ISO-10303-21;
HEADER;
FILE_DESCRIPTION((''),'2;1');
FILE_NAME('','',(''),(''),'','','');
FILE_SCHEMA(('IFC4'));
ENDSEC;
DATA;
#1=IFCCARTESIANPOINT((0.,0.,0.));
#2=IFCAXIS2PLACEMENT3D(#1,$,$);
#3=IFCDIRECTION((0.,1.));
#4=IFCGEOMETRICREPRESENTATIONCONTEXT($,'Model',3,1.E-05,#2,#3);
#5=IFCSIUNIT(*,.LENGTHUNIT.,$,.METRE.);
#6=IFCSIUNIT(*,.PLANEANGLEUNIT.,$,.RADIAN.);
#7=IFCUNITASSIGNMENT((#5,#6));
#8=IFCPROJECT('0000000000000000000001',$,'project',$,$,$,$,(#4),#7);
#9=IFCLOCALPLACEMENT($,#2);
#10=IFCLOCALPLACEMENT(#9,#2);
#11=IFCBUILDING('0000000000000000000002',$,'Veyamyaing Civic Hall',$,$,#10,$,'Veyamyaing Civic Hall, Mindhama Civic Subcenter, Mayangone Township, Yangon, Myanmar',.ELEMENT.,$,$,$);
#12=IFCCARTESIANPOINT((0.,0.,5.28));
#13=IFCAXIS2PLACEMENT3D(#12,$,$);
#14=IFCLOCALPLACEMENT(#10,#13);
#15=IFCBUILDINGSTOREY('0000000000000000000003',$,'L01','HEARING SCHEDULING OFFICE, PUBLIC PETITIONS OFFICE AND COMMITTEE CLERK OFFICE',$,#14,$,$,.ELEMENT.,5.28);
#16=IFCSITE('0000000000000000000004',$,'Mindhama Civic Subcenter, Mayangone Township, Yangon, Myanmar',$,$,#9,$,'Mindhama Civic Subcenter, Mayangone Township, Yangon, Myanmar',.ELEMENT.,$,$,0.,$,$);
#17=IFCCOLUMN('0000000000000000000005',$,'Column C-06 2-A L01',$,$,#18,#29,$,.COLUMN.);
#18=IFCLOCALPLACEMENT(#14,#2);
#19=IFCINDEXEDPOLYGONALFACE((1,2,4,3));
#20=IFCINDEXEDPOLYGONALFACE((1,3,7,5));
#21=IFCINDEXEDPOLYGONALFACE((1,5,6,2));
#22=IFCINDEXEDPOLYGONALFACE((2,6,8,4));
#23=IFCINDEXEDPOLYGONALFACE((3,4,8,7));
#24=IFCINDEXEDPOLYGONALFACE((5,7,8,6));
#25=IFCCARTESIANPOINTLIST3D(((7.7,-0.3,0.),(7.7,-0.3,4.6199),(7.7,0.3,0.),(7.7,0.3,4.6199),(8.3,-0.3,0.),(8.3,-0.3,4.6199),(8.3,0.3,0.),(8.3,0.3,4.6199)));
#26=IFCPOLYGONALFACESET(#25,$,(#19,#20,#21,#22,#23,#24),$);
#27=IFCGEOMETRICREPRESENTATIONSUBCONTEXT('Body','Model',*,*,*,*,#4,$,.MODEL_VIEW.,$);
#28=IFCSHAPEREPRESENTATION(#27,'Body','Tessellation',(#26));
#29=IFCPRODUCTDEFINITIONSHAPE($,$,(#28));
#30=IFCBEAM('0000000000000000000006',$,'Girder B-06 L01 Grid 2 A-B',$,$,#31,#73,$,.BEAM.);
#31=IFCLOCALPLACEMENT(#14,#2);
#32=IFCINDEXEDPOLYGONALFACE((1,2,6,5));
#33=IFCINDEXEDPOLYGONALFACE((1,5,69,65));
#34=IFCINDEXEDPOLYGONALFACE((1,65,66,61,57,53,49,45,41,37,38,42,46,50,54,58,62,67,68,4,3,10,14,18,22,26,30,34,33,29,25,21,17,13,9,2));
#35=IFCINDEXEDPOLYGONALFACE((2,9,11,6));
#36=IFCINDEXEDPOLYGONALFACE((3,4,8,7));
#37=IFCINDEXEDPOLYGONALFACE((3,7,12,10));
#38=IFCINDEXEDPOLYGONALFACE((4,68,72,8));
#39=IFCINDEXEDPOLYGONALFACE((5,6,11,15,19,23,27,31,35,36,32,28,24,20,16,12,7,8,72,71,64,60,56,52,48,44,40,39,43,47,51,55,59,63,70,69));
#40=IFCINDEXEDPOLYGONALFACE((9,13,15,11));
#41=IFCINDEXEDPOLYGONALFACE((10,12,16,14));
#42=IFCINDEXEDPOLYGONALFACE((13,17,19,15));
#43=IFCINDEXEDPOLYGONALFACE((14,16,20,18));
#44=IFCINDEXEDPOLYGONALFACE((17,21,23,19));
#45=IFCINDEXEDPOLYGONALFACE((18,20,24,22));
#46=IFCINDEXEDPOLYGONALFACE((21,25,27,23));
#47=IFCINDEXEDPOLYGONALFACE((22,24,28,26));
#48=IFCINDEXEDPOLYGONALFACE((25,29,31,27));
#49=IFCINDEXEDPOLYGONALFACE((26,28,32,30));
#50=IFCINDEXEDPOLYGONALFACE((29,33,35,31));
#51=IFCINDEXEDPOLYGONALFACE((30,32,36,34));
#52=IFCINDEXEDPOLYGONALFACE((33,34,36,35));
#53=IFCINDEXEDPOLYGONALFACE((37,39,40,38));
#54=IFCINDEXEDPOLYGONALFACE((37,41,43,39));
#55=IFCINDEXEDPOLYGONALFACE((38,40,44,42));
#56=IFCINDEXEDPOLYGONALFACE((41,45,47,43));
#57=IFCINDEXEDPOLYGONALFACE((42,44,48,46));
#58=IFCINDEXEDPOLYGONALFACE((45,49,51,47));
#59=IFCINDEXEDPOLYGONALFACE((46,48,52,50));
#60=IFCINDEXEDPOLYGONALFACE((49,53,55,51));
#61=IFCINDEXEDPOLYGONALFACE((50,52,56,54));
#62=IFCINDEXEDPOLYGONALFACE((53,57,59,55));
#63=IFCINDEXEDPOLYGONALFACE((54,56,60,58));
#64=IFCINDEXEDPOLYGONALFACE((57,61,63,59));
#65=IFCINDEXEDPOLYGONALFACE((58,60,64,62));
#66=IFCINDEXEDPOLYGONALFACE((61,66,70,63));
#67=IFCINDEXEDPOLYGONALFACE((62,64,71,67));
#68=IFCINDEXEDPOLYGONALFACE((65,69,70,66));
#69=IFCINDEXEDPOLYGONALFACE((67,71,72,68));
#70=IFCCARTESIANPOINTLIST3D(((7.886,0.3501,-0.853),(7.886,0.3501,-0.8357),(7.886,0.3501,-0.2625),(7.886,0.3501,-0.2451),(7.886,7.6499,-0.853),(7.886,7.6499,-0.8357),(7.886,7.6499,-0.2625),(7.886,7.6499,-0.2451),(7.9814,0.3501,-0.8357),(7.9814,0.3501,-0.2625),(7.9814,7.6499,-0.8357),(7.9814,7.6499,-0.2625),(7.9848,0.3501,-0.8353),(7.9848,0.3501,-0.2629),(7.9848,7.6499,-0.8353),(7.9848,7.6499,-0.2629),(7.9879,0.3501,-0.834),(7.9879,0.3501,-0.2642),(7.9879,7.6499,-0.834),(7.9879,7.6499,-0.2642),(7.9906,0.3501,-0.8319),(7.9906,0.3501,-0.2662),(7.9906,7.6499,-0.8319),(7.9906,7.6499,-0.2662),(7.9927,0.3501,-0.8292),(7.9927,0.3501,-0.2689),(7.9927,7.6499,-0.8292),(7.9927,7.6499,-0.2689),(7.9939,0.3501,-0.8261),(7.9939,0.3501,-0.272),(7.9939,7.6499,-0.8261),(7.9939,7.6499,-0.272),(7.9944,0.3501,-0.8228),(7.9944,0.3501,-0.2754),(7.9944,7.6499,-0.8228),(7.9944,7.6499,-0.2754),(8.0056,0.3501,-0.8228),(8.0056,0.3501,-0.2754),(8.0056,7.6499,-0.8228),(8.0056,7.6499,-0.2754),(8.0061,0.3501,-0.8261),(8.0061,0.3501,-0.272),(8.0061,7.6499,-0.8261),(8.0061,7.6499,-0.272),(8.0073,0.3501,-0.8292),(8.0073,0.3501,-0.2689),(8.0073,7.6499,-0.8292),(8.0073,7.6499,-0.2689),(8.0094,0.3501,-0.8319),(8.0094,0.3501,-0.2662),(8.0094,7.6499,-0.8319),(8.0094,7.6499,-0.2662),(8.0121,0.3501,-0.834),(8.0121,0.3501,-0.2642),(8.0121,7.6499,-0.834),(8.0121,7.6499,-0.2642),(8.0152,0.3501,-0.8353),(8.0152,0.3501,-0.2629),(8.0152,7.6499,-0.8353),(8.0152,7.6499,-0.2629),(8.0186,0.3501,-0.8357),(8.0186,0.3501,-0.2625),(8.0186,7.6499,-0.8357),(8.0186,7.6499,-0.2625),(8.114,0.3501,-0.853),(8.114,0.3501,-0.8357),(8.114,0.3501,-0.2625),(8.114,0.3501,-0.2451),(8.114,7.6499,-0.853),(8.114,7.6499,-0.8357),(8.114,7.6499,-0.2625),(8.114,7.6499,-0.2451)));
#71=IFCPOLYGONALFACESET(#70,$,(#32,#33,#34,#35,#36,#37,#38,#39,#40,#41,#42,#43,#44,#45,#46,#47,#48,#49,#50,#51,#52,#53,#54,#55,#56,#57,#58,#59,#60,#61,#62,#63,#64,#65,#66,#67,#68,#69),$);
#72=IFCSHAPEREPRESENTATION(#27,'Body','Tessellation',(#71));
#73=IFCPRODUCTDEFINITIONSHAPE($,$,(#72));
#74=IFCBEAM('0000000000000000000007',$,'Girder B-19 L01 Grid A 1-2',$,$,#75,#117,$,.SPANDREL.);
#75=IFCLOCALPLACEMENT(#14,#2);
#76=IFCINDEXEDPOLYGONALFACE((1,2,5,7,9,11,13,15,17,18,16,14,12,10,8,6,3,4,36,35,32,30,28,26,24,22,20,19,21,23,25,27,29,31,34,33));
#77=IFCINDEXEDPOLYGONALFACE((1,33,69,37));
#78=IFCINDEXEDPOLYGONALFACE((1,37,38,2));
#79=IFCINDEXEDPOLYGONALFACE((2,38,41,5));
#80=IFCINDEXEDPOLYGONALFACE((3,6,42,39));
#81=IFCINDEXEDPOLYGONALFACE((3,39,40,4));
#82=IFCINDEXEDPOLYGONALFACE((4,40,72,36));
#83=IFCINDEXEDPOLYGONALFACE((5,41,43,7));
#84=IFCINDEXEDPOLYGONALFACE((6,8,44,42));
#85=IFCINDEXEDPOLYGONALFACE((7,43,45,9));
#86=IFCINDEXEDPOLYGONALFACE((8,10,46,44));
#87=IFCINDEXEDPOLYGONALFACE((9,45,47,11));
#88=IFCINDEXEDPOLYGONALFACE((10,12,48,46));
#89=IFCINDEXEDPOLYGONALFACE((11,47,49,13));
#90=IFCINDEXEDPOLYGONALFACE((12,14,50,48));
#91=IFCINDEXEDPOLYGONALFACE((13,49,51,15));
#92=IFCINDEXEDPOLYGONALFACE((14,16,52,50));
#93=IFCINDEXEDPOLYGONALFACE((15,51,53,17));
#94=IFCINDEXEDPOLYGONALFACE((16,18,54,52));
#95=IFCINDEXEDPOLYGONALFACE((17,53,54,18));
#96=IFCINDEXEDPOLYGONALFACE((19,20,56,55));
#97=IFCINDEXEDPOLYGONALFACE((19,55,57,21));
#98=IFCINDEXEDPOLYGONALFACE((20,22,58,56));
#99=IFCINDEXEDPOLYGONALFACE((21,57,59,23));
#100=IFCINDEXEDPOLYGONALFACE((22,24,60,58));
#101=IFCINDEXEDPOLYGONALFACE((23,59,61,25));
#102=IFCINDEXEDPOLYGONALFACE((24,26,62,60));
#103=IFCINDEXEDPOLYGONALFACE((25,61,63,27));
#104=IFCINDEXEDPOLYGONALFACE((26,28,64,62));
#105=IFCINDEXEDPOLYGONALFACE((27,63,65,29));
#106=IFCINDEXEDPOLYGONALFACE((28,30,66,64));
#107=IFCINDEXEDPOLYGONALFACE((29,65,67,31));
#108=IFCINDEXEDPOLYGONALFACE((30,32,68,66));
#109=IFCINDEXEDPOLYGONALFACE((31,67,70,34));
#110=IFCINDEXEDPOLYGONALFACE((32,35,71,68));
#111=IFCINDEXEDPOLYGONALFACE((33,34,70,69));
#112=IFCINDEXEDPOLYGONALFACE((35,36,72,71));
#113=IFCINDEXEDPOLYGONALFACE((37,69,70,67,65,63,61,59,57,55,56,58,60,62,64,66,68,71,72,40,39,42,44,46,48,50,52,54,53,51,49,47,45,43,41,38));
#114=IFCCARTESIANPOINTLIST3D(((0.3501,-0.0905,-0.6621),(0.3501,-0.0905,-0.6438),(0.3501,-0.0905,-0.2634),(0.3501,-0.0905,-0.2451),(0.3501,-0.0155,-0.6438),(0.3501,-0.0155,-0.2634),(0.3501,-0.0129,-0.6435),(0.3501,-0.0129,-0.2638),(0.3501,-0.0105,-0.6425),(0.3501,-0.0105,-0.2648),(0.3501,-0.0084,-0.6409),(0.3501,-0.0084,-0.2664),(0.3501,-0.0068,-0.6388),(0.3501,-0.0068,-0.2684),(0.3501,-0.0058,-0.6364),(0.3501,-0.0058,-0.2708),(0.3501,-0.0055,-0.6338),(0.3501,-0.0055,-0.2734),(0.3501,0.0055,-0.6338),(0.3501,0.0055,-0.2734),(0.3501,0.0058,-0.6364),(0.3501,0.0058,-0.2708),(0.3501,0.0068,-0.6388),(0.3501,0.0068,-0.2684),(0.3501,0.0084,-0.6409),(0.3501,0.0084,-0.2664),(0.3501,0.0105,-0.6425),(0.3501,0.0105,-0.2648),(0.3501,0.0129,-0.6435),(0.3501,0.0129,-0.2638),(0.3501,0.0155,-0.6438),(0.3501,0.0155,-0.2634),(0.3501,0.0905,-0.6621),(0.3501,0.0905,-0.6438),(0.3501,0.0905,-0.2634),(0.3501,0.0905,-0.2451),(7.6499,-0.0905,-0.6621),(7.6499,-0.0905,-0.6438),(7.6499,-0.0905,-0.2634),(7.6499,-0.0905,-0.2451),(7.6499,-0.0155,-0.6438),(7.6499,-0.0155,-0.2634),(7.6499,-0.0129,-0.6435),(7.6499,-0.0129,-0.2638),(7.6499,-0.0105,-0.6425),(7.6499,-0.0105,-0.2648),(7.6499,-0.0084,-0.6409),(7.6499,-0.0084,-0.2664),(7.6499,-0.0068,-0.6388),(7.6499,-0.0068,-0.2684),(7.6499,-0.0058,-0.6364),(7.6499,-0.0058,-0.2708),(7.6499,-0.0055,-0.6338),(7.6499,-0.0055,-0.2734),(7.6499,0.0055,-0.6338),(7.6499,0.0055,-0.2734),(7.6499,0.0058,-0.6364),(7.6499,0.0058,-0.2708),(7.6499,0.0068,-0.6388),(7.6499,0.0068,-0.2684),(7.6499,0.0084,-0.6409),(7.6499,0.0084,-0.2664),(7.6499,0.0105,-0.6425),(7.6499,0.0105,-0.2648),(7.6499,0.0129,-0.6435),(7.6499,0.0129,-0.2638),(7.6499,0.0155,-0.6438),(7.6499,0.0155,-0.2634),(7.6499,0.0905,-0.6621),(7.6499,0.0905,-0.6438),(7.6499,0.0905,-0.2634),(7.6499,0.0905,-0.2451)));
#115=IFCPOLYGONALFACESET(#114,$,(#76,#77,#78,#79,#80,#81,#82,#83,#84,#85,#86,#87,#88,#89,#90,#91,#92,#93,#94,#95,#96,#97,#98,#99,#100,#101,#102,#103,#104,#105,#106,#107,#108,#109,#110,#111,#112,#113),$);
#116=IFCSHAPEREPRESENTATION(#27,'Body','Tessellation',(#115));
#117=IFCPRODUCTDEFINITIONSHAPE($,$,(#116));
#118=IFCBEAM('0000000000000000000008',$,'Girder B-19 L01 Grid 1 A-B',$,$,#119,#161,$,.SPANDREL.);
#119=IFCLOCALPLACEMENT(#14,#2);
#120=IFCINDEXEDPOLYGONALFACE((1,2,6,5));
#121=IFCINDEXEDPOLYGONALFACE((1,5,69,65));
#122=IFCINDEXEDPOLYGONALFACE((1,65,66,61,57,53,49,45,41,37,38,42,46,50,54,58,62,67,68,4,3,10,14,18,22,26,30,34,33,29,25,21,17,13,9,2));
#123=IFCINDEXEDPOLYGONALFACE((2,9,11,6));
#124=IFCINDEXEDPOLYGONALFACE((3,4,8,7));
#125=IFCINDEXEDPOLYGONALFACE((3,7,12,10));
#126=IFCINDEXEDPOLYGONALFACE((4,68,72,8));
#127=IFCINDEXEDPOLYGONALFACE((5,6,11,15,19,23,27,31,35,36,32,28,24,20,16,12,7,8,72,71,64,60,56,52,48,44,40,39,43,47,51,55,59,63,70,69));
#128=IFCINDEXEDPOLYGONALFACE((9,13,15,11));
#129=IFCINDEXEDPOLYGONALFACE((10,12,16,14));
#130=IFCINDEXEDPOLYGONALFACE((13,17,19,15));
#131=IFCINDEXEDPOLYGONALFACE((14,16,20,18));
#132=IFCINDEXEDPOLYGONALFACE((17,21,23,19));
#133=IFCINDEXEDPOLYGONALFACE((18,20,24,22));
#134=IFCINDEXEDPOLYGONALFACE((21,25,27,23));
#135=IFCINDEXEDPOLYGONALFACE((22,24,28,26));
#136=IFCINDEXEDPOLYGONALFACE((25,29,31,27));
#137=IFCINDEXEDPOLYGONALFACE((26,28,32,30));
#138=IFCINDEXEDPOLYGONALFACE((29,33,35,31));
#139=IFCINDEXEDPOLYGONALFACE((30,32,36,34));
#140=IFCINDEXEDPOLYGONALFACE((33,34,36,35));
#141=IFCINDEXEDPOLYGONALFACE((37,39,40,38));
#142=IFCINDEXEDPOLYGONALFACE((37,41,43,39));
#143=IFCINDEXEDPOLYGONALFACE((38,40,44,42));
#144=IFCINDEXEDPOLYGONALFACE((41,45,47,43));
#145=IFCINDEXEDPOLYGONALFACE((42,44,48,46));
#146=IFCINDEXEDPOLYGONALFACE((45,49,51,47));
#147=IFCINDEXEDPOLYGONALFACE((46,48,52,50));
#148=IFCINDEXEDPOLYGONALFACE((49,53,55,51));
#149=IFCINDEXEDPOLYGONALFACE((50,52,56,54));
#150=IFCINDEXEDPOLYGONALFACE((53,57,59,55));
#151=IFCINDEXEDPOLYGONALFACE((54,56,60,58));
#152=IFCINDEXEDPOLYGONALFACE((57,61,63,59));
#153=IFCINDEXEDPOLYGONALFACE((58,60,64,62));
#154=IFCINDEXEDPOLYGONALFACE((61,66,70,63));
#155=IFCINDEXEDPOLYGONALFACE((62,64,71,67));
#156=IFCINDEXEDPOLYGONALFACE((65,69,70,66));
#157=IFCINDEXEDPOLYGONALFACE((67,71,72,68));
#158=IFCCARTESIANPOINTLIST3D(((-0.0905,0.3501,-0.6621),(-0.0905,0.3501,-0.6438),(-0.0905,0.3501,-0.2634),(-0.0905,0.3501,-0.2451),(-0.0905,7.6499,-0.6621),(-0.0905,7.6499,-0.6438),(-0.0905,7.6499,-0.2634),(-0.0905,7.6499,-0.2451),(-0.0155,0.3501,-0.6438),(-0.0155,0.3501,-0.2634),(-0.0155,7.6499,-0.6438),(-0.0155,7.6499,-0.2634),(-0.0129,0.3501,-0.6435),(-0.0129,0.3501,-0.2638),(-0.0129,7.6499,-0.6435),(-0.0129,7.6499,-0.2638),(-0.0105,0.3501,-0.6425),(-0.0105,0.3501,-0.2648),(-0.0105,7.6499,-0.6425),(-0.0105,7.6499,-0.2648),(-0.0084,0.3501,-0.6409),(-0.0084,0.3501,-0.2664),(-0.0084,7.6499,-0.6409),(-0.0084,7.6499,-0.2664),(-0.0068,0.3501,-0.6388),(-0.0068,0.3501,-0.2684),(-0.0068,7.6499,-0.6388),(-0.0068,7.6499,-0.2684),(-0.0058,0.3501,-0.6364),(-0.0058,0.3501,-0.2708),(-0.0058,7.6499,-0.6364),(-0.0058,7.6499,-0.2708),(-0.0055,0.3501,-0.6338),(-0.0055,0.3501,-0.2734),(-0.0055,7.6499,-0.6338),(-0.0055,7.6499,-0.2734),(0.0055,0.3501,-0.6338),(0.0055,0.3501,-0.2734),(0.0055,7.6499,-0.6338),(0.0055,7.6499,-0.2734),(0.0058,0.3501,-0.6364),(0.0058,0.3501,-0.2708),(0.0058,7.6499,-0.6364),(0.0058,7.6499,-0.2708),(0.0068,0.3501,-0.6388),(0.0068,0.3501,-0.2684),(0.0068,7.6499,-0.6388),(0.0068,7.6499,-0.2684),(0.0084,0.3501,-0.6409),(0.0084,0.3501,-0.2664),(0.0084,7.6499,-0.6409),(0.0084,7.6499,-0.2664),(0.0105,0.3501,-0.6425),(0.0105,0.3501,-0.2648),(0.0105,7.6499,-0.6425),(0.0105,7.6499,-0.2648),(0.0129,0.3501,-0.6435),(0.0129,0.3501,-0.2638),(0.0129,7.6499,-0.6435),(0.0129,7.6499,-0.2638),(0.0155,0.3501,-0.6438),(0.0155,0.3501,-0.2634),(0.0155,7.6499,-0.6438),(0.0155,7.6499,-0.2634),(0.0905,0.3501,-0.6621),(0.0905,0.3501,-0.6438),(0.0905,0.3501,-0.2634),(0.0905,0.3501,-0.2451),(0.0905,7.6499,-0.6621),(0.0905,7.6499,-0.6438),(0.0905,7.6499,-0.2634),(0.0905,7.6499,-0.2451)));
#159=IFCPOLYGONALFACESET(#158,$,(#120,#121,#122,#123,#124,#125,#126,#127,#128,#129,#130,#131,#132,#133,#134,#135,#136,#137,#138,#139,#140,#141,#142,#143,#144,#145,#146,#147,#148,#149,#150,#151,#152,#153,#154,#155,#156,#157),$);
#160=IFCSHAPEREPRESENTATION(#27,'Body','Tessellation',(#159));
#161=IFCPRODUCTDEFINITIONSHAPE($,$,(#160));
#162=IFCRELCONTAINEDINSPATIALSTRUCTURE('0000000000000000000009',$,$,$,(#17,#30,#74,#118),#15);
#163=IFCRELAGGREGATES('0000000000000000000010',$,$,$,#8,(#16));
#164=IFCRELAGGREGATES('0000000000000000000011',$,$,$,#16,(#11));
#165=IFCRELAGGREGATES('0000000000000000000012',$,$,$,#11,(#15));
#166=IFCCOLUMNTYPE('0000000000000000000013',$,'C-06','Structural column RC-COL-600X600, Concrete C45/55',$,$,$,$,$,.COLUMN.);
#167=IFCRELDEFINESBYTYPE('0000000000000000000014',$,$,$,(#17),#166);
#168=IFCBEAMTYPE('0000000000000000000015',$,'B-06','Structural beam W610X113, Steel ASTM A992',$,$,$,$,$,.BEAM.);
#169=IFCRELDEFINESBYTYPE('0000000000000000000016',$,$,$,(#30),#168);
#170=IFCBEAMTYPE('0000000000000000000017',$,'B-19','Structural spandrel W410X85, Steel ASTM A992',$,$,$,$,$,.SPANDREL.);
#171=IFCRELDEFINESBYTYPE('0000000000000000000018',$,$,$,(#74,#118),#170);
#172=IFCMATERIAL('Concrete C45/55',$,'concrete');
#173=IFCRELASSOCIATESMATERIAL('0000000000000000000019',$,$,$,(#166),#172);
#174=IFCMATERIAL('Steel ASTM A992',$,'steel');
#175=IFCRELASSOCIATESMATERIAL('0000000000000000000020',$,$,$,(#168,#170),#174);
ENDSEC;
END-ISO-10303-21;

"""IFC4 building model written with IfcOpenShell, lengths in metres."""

from ifc_helpers import new_model, si_unit, direction, frame, origin, origin_2d, place, context, subcontext, project, spatial, rectangle, i_section, extrude, material, material_profile, profile_set, type_object, element, save


model = new_model("IFC4")

# Units and contexts
model_context = context("Model", 3, precision=1e-05, world=origin(), true_north=direction((0.0, 1.0)))
body_context = subcontext(model_context, "Body", "Model", "MODEL_VIEW")
ifc_project = project(units=[si_unit("LENGTHUNIT", "METRE"), si_unit("PLANEANGLEUNIT", "RADIAN")], contexts=[model_context])

# Site, building, storey
site_placement = place(None, origin())
site = spatial("IfcSite", under=ifc_project, at=site_placement, Name="Mindhama Civic Subcenter, Mayangone Township, Yangon, Myanmar", LongName="Mindhama Civic Subcenter, Mayangone Township, Yangon, Myanmar", CompositionType="ELEMENT", RefElevation=0.0)
building_placement = place(site_placement, origin())
building = spatial("IfcBuilding", under=site, at=building_placement, Name="Veyamyaing Civic Hall", LongName="Veyamyaing Civic Hall, Mindhama Civic Subcenter, Mayangone Township, Yangon, Myanmar", CompositionType="ELEMENT")
storey_placement = place(building_placement, frame((0.0, 0.0, 5.28)))
storey = spatial("IfcBuildingStorey", under=building, at=storey_placement, Name="L01", Description="HEARING SCHEDULING OFFICE, PUBLIC PETITIONS OFFICE AND COMMITTEE CLERK OFFICE", CompositionType="ELEMENT", Elevation=5.28)

# Column
ifc_material_1 = material(Name="Concrete C45/55", Category="concrete")
ifc_material_profile_1 = material_profile(ifc_material_1, rectangle(XDim=0.6001, YDim=0.6001, at=origin_2d()), Name="RC-COL-600X600")
ifc_profile_set_1 = profile_set([ifc_material_profile_1], Name="Concrete C45/55")
column_type = type_object("IfcColumnType", Name="C-06", Description="Structural column RC-COL-600X600, Concrete C45/55", PredefinedType="COLUMN", material=ifc_profile_set_1)
column_placement = place(storey_placement, frame((8.0, 0.0, 0.0), z_axis=(0.0, 0.0, 1.0), x_axis=(1.0, 0.0, 0.0)))
element("IfcColumn", 1, at=column_placement, inside=storey, type_object=column_type, Name="Column C-06 2-A L01", PredefinedType="COLUMN", context=body_context, shape_type="SweptSolid", body=[
    extrude(rectangle(XDim=0.6001, YDim=0.6001, at=origin_2d()), origin(), (0.0, 0.0, 1.0), 4.6199),
])

# Beams
ifc_material_2 = material(Name="Steel ASTM A992", Category="steel")
ifc_material_profile_2 = material_profile(ifc_material_2, i_section(OverallWidth=0.228, OverallDepth=0.6079, WebThickness=0.0112, FlangeThickness=0.0173, FilletRadius=0.0129, at=origin_2d()), Name="W610X113")
ifc_profile_set_2 = profile_set([ifc_material_profile_2], Name="Steel ASTM A992")
beam_type_1 = type_object("IfcBeamType", Name="B-06", Description="Structural beam W610X113, Steel ASTM A992", PredefinedType="BEAM", material=ifc_profile_set_2)
beam_placement = place(storey_placement, frame((8.0, 0.3501, -0.5491), z_axis=(0.0, 1.0, 0.0), x_axis=(-1.0, 0.0, 0.0)))
element("IfcBeam", 2, at=beam_placement, inside=storey, type_object=beam_type_1, Name="Girder B-06 L01 Grid 2 A-B", PredefinedType="BEAM", context=body_context, shape_type="SweptSolid", body=[
    extrude(i_section(OverallWidth=0.228, OverallDepth=0.6079, WebThickness=0.0112, FlangeThickness=0.0173, FilletRadius=0.0129, at=origin_2d()), origin(), (0.0, 0.0, 1.0), 7.2998),
])
ifc_material_profile_3 = material_profile(ifc_material_2, i_section(OverallWidth=0.1809, OverallDepth=0.417, WebThickness=0.011, FlangeThickness=0.0183, FilletRadius=0.01, at=origin_2d()), Name="W410X85")
ifc_profile_set_3 = profile_set([ifc_material_profile_3], Name="Steel ASTM A992")
beam_type_2 = type_object("IfcBeamType", Name="B-19", Description="Structural spandrel W410X85, Steel ASTM A992", PredefinedType="SPANDREL", material=ifc_profile_set_3)
for number, where, z_axis, x_axis, name in (
    (3, (0.3501, 0.0, -0.4536), (1.0, 0.0, 0.0), (0.0, 1.0, 0.0), "Girder B-19 L01 Grid A 1-2"),
    (4, (0.0, 0.3501, -0.4536), (0.0, 1.0, 0.0), (-1.0, 0.0, 0.0), "Girder B-19 L01 Grid 1 A-B"),
):
    element("IfcBeam", number, at=place(storey_placement, frame(where, z_axis=z_axis, x_axis=x_axis)), inside=storey, type_object=beam_type_2, Name=name, PredefinedType="SPANDREL", context=body_context, shape_type="SweptSolid", body=[
        extrude(i_section(OverallWidth=0.1809, OverallDepth=0.417, WebThickness=0.011, FlangeThickness=0.0183, FilletRadius=0.01, at=origin_2d()), origin(), (0.0, 0.0, 1.0), 7.2998),
    ])

save(model, "model.ifc")
